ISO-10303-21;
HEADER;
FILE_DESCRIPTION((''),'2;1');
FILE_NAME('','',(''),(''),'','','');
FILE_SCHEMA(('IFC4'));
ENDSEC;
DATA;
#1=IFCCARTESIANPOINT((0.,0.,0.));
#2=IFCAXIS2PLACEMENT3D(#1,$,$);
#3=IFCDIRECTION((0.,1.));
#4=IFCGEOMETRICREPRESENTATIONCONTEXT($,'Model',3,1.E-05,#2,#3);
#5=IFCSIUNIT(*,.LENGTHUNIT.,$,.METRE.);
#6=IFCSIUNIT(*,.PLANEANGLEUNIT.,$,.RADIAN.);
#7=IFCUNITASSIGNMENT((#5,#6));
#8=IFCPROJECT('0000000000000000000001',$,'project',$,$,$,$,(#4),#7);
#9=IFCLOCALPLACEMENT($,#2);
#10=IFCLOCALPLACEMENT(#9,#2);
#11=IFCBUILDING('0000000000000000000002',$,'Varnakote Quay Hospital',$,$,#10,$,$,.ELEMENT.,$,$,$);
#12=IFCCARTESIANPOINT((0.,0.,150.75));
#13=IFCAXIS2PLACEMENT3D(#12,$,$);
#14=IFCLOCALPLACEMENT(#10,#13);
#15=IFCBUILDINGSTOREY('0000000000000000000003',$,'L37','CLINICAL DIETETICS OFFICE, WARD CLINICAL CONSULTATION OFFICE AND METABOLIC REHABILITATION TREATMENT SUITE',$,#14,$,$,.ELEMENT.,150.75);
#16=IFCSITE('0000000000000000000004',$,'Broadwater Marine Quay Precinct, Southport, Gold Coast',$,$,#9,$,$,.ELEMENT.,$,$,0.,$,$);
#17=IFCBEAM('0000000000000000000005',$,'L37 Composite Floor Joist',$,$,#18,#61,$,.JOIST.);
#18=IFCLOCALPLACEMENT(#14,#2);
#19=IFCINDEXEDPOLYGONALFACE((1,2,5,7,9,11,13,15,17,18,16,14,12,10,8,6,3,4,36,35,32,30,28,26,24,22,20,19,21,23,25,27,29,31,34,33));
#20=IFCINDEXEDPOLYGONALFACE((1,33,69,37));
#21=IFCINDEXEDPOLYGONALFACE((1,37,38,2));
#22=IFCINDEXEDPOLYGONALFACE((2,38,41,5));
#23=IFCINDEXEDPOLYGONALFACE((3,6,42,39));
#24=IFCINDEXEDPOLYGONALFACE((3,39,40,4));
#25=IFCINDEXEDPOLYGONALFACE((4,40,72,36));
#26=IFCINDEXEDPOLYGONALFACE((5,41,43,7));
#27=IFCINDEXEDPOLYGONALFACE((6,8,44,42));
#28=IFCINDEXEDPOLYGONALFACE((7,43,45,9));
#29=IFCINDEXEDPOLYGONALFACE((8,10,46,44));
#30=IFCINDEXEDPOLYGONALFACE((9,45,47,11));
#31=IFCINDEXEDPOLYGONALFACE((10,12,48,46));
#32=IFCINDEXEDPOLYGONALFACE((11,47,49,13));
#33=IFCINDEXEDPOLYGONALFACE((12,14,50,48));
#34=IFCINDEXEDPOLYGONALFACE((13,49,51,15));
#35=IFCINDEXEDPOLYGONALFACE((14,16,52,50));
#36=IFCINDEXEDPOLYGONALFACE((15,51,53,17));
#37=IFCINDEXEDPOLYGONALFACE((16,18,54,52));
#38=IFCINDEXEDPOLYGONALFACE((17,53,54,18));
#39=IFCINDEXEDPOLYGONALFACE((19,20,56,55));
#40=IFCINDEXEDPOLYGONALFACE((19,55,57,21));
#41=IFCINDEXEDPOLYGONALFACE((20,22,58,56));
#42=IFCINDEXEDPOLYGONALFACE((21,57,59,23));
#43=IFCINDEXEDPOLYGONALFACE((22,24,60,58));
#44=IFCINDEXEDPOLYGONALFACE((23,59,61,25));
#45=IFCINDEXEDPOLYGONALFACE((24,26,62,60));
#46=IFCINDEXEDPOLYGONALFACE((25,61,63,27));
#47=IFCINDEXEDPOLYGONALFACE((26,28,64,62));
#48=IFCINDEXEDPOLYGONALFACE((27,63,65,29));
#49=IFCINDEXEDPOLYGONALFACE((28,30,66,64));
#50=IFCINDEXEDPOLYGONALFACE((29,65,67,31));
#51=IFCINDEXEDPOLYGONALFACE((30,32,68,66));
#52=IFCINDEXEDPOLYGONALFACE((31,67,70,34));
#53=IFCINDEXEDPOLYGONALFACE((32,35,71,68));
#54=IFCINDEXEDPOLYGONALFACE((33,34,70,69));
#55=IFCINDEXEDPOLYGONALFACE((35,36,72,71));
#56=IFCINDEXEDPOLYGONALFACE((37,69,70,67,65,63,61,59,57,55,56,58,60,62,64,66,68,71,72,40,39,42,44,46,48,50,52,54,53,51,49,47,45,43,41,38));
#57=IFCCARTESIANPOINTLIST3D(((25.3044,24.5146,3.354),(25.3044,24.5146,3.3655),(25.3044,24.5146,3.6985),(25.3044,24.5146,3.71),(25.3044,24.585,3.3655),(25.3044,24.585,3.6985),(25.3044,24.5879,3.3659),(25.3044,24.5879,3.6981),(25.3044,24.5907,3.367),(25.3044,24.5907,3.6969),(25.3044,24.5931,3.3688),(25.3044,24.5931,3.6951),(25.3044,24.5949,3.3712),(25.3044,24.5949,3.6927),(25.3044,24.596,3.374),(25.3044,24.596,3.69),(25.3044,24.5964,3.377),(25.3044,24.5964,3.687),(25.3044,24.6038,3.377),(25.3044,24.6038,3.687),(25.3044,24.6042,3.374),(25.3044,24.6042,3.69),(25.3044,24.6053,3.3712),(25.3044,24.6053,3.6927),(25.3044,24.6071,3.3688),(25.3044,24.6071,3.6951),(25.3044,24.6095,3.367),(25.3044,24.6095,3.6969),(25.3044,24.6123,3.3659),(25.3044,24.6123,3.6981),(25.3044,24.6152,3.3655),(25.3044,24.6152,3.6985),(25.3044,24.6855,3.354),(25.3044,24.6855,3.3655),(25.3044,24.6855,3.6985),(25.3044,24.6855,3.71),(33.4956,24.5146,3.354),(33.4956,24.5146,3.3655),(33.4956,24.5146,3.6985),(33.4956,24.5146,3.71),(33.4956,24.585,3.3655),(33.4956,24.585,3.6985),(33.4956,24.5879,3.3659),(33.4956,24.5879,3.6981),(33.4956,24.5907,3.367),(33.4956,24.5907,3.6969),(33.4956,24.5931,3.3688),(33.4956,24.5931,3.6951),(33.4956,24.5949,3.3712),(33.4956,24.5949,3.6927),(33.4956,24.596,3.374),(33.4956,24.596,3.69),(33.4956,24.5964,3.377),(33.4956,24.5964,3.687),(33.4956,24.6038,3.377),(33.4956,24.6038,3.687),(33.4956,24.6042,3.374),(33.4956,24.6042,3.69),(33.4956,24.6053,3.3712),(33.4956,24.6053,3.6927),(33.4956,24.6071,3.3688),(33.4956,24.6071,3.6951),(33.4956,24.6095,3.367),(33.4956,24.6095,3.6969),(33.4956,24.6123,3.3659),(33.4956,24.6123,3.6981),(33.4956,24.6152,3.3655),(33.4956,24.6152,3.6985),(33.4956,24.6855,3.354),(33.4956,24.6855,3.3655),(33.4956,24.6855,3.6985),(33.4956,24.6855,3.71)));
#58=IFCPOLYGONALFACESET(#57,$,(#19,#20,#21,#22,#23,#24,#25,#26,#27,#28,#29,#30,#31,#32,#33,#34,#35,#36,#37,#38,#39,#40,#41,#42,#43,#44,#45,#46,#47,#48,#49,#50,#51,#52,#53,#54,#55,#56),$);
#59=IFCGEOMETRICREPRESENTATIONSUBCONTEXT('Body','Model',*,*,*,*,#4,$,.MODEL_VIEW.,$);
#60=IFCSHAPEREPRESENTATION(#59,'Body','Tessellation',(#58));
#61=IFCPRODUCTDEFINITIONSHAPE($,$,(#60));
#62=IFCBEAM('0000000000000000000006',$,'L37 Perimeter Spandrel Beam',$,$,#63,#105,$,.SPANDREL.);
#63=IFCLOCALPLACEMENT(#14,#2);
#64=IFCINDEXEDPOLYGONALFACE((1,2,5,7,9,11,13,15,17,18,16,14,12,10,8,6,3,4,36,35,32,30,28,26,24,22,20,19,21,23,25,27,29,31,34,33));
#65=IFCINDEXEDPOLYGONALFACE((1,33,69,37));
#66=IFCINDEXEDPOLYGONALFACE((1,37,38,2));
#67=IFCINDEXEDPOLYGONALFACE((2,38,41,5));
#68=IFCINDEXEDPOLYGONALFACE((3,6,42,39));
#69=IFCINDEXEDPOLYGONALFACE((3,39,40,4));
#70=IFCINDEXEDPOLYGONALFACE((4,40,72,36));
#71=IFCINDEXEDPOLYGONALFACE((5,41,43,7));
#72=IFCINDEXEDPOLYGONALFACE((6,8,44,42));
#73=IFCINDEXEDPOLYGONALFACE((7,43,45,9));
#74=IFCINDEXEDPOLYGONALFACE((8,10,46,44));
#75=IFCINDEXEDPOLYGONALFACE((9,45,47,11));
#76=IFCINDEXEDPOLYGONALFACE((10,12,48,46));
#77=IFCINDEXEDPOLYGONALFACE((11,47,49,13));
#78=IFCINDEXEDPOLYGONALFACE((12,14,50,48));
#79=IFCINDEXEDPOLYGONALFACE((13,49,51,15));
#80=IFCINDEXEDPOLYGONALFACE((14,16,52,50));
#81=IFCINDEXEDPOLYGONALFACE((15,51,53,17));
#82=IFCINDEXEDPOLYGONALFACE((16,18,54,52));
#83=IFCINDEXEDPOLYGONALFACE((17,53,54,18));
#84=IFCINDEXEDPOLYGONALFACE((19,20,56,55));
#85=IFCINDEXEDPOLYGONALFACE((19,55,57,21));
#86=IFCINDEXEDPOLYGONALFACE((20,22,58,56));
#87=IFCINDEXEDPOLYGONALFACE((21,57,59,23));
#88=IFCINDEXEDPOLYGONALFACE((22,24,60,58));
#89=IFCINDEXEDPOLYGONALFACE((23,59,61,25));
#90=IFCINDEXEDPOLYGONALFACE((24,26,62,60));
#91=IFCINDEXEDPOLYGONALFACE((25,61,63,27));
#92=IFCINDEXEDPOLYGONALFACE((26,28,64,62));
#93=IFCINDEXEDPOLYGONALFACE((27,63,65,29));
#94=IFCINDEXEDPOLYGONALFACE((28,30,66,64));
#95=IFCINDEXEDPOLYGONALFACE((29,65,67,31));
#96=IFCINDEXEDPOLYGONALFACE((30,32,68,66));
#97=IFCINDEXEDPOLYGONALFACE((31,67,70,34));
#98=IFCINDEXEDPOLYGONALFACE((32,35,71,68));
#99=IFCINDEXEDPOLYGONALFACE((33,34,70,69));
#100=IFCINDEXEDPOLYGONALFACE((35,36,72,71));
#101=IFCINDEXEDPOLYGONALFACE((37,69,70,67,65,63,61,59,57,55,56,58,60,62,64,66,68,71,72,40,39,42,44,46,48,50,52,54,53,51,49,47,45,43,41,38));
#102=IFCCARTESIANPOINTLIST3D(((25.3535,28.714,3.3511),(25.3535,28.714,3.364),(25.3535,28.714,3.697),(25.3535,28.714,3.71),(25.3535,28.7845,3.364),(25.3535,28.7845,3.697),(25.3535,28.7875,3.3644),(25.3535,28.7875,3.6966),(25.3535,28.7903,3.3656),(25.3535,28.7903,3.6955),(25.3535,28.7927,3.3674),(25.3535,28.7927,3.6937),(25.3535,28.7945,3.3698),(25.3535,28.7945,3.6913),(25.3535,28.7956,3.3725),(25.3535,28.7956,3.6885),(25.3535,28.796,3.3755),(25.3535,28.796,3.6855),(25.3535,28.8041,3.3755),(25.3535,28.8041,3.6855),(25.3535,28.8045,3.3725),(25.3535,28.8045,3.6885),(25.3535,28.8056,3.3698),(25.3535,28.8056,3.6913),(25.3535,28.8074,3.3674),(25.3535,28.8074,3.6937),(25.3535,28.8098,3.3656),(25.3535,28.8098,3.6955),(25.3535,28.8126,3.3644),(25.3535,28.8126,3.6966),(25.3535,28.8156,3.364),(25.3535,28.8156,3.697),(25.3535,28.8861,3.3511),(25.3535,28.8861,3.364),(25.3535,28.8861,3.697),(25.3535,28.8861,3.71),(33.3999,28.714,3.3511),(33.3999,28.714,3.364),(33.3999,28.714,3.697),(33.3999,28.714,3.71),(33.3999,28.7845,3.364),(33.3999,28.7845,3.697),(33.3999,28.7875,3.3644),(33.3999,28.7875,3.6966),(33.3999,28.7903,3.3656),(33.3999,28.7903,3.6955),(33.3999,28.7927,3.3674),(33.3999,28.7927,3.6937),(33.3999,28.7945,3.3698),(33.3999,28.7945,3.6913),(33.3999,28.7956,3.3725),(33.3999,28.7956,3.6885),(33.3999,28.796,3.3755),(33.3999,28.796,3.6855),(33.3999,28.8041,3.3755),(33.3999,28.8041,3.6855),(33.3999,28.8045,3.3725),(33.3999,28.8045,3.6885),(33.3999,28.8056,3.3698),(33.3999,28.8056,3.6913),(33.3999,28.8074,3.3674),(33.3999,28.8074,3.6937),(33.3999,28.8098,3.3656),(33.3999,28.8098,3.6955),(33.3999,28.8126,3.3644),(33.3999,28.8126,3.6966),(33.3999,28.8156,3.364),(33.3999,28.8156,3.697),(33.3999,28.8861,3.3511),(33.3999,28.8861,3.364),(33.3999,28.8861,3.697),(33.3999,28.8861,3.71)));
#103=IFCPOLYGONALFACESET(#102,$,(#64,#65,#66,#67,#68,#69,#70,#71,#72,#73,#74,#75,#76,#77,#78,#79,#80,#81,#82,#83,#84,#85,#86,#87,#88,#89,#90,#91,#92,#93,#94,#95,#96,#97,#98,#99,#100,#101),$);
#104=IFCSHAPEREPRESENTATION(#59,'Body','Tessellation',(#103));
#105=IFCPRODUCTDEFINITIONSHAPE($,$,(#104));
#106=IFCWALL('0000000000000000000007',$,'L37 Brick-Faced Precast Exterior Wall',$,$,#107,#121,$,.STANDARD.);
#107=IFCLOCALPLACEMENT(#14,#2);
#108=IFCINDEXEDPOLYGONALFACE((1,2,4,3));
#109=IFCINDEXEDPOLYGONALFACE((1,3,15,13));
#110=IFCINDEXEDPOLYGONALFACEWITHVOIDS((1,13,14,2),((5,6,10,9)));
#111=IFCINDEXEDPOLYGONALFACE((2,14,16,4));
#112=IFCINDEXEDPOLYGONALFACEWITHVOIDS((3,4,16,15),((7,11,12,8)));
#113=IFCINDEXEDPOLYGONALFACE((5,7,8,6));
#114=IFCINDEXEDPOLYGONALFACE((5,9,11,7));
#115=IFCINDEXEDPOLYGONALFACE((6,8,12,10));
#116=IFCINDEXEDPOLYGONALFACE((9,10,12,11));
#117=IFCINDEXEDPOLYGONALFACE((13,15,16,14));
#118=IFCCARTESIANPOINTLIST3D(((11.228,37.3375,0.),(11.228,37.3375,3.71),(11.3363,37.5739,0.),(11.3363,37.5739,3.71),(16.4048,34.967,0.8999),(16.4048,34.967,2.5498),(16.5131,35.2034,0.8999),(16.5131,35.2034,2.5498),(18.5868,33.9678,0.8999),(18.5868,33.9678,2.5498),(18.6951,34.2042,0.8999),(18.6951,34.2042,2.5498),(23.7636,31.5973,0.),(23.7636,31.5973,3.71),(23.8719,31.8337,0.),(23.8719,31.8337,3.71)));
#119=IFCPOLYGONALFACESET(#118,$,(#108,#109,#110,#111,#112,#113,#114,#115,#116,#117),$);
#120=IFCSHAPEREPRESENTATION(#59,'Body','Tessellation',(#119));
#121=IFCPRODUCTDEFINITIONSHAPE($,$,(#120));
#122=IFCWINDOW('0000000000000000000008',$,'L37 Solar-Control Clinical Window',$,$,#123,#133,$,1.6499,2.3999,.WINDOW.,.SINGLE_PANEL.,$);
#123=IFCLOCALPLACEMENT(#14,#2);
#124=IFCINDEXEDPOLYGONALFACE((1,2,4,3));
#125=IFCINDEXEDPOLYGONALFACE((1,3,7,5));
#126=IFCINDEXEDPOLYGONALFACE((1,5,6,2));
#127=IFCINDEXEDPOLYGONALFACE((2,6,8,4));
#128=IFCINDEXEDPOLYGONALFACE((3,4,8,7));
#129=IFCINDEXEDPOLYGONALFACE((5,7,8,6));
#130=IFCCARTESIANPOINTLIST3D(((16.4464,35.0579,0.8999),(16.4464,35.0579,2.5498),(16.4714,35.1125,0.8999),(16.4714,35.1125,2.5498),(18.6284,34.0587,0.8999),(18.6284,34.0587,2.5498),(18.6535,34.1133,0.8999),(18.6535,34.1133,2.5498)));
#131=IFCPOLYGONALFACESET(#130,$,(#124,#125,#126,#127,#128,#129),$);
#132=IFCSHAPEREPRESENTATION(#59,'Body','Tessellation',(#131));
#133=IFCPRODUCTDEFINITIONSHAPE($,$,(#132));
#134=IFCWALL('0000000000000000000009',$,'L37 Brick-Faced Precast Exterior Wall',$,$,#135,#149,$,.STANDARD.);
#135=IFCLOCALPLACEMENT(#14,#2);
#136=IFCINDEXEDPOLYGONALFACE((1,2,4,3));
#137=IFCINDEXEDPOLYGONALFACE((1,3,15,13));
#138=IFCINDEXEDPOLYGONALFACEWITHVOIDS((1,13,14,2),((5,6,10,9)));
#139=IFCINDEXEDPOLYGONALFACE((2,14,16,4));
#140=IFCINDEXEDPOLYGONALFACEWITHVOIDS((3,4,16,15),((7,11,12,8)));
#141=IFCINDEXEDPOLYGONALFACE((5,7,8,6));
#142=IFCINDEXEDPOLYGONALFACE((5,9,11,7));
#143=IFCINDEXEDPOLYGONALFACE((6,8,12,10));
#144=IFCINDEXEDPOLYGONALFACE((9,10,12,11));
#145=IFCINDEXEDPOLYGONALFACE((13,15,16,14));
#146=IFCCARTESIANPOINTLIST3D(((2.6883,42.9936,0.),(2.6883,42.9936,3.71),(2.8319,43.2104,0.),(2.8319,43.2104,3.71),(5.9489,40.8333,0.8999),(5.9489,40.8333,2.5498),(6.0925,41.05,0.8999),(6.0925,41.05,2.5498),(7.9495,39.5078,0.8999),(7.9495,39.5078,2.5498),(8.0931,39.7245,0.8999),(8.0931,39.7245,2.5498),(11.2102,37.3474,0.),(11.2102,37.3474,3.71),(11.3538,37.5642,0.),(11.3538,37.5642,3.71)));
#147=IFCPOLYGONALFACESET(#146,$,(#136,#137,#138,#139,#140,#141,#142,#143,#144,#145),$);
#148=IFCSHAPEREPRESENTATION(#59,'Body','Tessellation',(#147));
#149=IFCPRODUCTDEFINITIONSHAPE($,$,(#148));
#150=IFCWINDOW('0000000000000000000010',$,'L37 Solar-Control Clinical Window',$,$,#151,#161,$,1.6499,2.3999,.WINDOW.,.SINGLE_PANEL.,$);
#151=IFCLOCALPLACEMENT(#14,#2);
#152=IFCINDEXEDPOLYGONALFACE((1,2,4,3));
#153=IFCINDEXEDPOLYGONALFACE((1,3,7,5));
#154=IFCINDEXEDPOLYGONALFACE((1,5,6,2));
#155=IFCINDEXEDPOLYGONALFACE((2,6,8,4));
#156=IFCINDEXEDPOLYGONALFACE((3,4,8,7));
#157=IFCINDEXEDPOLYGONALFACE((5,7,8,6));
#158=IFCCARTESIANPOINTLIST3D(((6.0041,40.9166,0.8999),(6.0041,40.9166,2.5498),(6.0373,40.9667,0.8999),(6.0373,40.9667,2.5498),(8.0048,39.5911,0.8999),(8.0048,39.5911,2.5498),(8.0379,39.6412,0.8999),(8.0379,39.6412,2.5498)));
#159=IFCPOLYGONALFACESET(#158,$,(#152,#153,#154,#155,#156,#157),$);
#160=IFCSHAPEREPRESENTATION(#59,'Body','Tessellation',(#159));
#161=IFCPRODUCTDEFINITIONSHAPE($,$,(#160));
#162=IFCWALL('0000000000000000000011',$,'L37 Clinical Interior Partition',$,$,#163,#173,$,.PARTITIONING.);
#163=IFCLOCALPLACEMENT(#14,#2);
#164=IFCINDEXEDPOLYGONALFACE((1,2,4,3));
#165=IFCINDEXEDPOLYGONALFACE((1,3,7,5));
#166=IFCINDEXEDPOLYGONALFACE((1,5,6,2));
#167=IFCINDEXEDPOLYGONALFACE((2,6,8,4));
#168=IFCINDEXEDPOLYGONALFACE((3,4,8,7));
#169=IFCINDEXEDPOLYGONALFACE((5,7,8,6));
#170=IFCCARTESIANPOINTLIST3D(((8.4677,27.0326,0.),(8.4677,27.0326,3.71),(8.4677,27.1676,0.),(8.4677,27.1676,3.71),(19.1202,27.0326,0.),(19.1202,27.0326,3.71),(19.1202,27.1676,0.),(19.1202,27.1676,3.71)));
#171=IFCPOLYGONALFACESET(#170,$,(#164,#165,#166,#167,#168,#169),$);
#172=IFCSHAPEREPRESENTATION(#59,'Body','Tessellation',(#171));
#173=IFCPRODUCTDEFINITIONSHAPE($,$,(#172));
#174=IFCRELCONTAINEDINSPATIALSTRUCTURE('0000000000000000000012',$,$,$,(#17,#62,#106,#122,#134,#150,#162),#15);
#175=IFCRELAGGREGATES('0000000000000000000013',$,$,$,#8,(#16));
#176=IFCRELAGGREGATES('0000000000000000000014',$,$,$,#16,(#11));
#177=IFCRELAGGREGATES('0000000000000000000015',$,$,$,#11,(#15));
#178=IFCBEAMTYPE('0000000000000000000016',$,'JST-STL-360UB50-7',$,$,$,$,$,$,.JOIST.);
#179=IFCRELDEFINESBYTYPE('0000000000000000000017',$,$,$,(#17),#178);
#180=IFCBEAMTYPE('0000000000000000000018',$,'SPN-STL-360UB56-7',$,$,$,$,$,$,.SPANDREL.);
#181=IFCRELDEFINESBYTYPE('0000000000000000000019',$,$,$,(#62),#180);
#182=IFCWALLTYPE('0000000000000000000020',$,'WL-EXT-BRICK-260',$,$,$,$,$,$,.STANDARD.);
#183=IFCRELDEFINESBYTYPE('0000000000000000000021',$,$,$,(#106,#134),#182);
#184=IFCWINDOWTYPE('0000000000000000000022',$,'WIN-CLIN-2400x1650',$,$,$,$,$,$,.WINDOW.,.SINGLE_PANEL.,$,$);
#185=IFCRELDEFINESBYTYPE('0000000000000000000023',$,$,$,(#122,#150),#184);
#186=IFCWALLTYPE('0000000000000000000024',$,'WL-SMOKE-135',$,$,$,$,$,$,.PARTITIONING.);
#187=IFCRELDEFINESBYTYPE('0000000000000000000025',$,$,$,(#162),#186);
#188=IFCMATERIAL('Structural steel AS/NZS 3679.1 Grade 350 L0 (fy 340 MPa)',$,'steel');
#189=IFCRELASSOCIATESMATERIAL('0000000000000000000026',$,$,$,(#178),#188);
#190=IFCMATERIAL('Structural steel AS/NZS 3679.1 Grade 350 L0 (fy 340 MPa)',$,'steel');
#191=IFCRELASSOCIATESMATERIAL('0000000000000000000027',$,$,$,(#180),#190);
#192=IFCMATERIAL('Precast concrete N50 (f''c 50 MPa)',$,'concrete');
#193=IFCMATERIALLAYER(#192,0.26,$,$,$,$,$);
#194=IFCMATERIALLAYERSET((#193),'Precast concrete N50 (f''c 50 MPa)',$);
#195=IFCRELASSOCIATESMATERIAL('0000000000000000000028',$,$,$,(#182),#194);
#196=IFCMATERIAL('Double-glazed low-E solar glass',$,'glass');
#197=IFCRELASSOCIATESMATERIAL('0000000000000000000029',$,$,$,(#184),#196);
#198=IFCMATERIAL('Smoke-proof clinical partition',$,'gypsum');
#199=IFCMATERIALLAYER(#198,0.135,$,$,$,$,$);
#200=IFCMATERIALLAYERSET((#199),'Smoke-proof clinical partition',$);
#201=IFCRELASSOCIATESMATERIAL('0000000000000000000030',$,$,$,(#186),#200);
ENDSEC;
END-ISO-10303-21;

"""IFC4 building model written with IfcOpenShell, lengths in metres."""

from ifc_helpers import new_model, si_unit, direction, frame, frame_2d, origin, origin_2d, place, context, subcontext, project, spatial, rectangle, i_section, extrude, material, layer, layer_set, material_profile, profile_set, type_object, element, fill, save


model = new_model("IFC4")

# Units and contexts
model_context = context("Model", 3, precision=1e-05, world=origin(), true_north=direction((0.0, 1.0)))
body_context = subcontext(model_context, "Body", "Model", "MODEL_VIEW")
ifc_project = project(units=[si_unit("LENGTHUNIT", "METRE"), si_unit("PLANEANGLEUNIT", "RADIAN")], contexts=[model_context])

# Site, building, storey
site_placement = place(None, origin())
site = spatial("IfcSite", under=ifc_project, at=site_placement, Name="Broadwater Marine Quay Precinct, Southport, Gold Coast", CompositionType="ELEMENT", RefElevation=0.0)
building_placement = place(site_placement, origin())
building = spatial("IfcBuilding", under=site, at=building_placement, Name="Varnakote Quay Hospital", CompositionType="ELEMENT")
storey_placement = place(building_placement, frame((0.0, 0.0, 150.75)))
storey = spatial("IfcBuildingStorey", under=building, at=storey_placement, Name="L37", Description="CLINICAL DIETETICS OFFICE, WARD CLINICAL CONSULTATION OFFICE AND METABOLIC REHABILITATION TREATMENT SUITE", CompositionType="ELEMENT", Elevation=150.75)

# Beams
ifc_material_1 = material(Name="Structural steel AS/NZS 3679.1 Grade 350 L0 (fy 340 MPa)", Category="steel")
ifc_material_profile_1 = material_profile(ifc_material_1, i_section(OverallWidth=0.1709, OverallDepth=0.356, WebThickness=0.0073, FlangeThickness=0.0115, FilletRadius=0.0115, at=origin_2d()), Name="360UB50.7")
ifc_profile_set_1 = profile_set([ifc_material_profile_1], Name="Structural steel AS/NZS 3679.1 Grade 350 L0 (fy 340 MPa)")
beam_type_1 = type_object("IfcBeamType", Name="JST-STL-360UB50-7", PredefinedType="JOIST", material=ifc_profile_set_1)
beam_1_placement = place(storey_placement, frame((25.3044, 24.6001, 3.532), z_axis=(1.0, 0.0, 0.0), x_axis=(0.0, 1.0, 0.0)))
element("IfcBeam", 1, at=beam_1_placement, inside=storey, type_object=beam_type_1, Name="L37 Composite Floor Joist", PredefinedType="JOIST", context=body_context, shape_type="SweptSolid", body=[
    extrude(i_section(OverallWidth=0.1709, OverallDepth=0.356, WebThickness=0.0073, FlangeThickness=0.0115, FilletRadius=0.0115, at=origin_2d()), origin(), (0.0, 0.0, 1.0), 8.1912),
])
ifc_material_2 = material(Name="Structural steel AS/NZS 3679.1 Grade 350 L0 (fy 340 MPa)", Category="steel")
ifc_material_profile_2 = material_profile(ifc_material_2, i_section(OverallWidth=0.1721, OverallDepth=0.3589, WebThickness=0.0081, FlangeThickness=0.0129, FilletRadius=0.0115, at=origin_2d()), Name="360UB56.7")
ifc_profile_set_2 = profile_set([ifc_material_profile_2], Name="Structural steel AS/NZS 3679.1 Grade 350 L0 (fy 340 MPa)")
beam_type_2 = type_object("IfcBeamType", Name="SPN-STL-360UB56-7", PredefinedType="SPANDREL", material=ifc_profile_set_2)
beam_2_placement = place(storey_placement, frame((25.3535, 28.8, 3.5305), z_axis=(1.0, 0.0, 0.0), x_axis=(0.0, 1.0, 0.0)))
element("IfcBeam", 2, at=beam_2_placement, inside=storey, type_object=beam_type_2, Name="L37 Perimeter Spandrel Beam", PredefinedType="SPANDREL", context=body_context, shape_type="SweptSolid", body=[
    extrude(i_section(OverallWidth=0.1721, OverallDepth=0.3589, WebThickness=0.0081, FlangeThickness=0.0129, FilletRadius=0.0115, at=origin_2d()), origin(), (0.0, 0.0, 1.0), 8.0464),
])

# Walls, openings, windows
ifc_material_3 = material(Name="Precast concrete N50 (f'c 50 MPa)", Category="concrete")
ifc_layer_1 = layer(ifc_material_3, 0.26)
ifc_layer_set_1 = layer_set([ifc_layer_1], Name="Precast concrete N50 (f'c 50 MPa)")
wall_type_1 = type_object("IfcWallType", Name="WL-EXT-BRICK-260", PredefinedType="STANDARD", material=ifc_layer_set_1)
wall_1_placement = place(storey_placement, frame((23.8176, 31.7156, 0.0), z_axis=(0.0, 0.0, 1.0), x_axis=(-0.90921, 0.416339, 0.0)))
wall_1 = element("IfcWall", 3, at=wall_1_placement, inside=storey, type_object=wall_type_1, Name="L37 Brick-Faced Precast Exterior Wall", PredefinedType="STANDARD", context=body_context, shape_type="SweptSolid", body=[
    extrude(rectangle(XDim=13.7874, YDim=0.26, at=frame_2d((6.8936, 0.0))), origin(), (0.0, 0.0, 1.0), 3.71),
])
opening_1_placement = place(wall_1_placement, frame((5.6936, 0.0, 0.8999)))
opening_1 = element("IfcOpeningElement", 4, at=opening_1_placement, cuts=wall_1, PredefinedType="OPENING", context=body_context, shape_type="SweptSolid", body=[
    extrude(rectangle(XDim=2.3999, YDim=1.6499, at=frame_2d((1.2, 0.825))), frame((0.0, 0.1399, 0.0), z_axis=(0.0, -1.0, 0.0), x_axis=(1.0, 0.0, 0.0)), (0.0, 0.0, 1.0), 0.28),
])
ifc_material_4 = material(Name="Double-glazed low-E solar glass", Category="glass")
window_type = type_object("IfcWindowType", Name="WIN-CLIN-2400x1650", PartitioningType="SINGLE_PANEL", PredefinedType="WINDOW", material=ifc_material_4)
window_1_placement = place(opening_1_placement, origin())
window_1 = element("IfcWindow", 5, at=window_1_placement, inside=storey, type_object=window_type, Name="L37 Solar-Control Clinical Window", OverallHeight=1.6499, OverallWidth=2.3999, PartitioningType="SINGLE_PANEL", PredefinedType="WINDOW", context=body_context, shape_type="SweptSolid", body=[
    extrude(rectangle(XDim=2.3999, YDim=1.6499, at=frame_2d((1.2, 0.825))), frame((0.0, 0.03, 0.0), z_axis=(0.0, -1.0, 0.0), x_axis=(1.0, 0.0, 0.0)), (0.0, 0.0, 1.0), 0.0601),
])
fill(opening_1, window_1)
wall_2_placement = place(storey_placement, frame((11.282, 37.4558, 0.0), z_axis=(0.0, 0.0, 1.0), x_axis=(-0.83363, 0.552323, 0.0)))
wall_2 = element("IfcWall", 6, at=wall_2_placement, inside=storey, type_object=wall_type_1, Name="L37 Brick-Faced Precast Exterior Wall", PredefinedType="STANDARD", context=body_context, shape_type="SweptSolid", body=[
    extrude(rectangle(XDim=10.2227, YDim=0.26, at=frame_2d((5.1113, 0.0))), origin(), (0.0, 0.0, 1.0), 3.71),
])
opening_2_placement = place(wall_2_placement, frame((3.9114, 0.0, 0.8999)))
opening_2 = element("IfcOpeningElement", 7, at=opening_2_placement, cuts=wall_2, PredefinedType="OPENING", context=body_context, shape_type="SweptSolid", body=[
    extrude(rectangle(XDim=2.3999, YDim=1.6499, at=frame_2d((1.2, 0.825))), frame((0.0, 0.1399, 0.0), z_axis=(0.0, -1.0, 0.0), x_axis=(1.0, 0.0, 0.0)), (0.0, 0.0, 1.0), 0.28),
])
window_2_placement = place(opening_2_placement, origin())
window_2 = element("IfcWindow", 8, at=window_2_placement, inside=storey, type_object=window_type, Name="L37 Solar-Control Clinical Window", OverallHeight=1.6499, OverallWidth=2.3999, PartitioningType="SINGLE_PANEL", PredefinedType="WINDOW", context=body_context, shape_type="SweptSolid", body=[
    extrude(rectangle(XDim=2.3999, YDim=1.6499, at=frame_2d((1.2, 0.825))), frame((0.0, 0.03, 0.0), z_axis=(0.0, -1.0, 0.0), x_axis=(1.0, 0.0, 0.0)), (0.0, 0.0, 1.0), 0.0601),
])
fill(opening_2, window_2)

# Wall
ifc_material_5 = material(Name="Smoke-proof clinical partition", Category="gypsum")
ifc_layer_2 = layer(ifc_material_5, 0.135)
ifc_layer_set_2 = layer_set([ifc_layer_2], Name="Smoke-proof clinical partition")
wall_type_2 = type_object("IfcWallType", Name="WL-SMOKE-135", PredefinedType="PARTITIONING", material=ifc_layer_set_2)
wall_3_placement = place(storey_placement, frame((19.1201, 27.1001, 0.0), z_axis=(0.0, 0.0, 1.0), x_axis=(-1.0, 0.0, 0.0)))
element("IfcWall", 9, at=wall_3_placement, inside=storey, type_object=wall_type_2, Name="L37 Clinical Interior Partition", PredefinedType="PARTITIONING", context=body_context, shape_type="SweptSolid", body=[
    extrude(rectangle(XDim=10.6526, YDim=0.135, at=frame_2d((5.3262, 0.0))), origin(), (0.0, 0.0, 1.0), 3.71),
])

save(model, "model.ifc")
